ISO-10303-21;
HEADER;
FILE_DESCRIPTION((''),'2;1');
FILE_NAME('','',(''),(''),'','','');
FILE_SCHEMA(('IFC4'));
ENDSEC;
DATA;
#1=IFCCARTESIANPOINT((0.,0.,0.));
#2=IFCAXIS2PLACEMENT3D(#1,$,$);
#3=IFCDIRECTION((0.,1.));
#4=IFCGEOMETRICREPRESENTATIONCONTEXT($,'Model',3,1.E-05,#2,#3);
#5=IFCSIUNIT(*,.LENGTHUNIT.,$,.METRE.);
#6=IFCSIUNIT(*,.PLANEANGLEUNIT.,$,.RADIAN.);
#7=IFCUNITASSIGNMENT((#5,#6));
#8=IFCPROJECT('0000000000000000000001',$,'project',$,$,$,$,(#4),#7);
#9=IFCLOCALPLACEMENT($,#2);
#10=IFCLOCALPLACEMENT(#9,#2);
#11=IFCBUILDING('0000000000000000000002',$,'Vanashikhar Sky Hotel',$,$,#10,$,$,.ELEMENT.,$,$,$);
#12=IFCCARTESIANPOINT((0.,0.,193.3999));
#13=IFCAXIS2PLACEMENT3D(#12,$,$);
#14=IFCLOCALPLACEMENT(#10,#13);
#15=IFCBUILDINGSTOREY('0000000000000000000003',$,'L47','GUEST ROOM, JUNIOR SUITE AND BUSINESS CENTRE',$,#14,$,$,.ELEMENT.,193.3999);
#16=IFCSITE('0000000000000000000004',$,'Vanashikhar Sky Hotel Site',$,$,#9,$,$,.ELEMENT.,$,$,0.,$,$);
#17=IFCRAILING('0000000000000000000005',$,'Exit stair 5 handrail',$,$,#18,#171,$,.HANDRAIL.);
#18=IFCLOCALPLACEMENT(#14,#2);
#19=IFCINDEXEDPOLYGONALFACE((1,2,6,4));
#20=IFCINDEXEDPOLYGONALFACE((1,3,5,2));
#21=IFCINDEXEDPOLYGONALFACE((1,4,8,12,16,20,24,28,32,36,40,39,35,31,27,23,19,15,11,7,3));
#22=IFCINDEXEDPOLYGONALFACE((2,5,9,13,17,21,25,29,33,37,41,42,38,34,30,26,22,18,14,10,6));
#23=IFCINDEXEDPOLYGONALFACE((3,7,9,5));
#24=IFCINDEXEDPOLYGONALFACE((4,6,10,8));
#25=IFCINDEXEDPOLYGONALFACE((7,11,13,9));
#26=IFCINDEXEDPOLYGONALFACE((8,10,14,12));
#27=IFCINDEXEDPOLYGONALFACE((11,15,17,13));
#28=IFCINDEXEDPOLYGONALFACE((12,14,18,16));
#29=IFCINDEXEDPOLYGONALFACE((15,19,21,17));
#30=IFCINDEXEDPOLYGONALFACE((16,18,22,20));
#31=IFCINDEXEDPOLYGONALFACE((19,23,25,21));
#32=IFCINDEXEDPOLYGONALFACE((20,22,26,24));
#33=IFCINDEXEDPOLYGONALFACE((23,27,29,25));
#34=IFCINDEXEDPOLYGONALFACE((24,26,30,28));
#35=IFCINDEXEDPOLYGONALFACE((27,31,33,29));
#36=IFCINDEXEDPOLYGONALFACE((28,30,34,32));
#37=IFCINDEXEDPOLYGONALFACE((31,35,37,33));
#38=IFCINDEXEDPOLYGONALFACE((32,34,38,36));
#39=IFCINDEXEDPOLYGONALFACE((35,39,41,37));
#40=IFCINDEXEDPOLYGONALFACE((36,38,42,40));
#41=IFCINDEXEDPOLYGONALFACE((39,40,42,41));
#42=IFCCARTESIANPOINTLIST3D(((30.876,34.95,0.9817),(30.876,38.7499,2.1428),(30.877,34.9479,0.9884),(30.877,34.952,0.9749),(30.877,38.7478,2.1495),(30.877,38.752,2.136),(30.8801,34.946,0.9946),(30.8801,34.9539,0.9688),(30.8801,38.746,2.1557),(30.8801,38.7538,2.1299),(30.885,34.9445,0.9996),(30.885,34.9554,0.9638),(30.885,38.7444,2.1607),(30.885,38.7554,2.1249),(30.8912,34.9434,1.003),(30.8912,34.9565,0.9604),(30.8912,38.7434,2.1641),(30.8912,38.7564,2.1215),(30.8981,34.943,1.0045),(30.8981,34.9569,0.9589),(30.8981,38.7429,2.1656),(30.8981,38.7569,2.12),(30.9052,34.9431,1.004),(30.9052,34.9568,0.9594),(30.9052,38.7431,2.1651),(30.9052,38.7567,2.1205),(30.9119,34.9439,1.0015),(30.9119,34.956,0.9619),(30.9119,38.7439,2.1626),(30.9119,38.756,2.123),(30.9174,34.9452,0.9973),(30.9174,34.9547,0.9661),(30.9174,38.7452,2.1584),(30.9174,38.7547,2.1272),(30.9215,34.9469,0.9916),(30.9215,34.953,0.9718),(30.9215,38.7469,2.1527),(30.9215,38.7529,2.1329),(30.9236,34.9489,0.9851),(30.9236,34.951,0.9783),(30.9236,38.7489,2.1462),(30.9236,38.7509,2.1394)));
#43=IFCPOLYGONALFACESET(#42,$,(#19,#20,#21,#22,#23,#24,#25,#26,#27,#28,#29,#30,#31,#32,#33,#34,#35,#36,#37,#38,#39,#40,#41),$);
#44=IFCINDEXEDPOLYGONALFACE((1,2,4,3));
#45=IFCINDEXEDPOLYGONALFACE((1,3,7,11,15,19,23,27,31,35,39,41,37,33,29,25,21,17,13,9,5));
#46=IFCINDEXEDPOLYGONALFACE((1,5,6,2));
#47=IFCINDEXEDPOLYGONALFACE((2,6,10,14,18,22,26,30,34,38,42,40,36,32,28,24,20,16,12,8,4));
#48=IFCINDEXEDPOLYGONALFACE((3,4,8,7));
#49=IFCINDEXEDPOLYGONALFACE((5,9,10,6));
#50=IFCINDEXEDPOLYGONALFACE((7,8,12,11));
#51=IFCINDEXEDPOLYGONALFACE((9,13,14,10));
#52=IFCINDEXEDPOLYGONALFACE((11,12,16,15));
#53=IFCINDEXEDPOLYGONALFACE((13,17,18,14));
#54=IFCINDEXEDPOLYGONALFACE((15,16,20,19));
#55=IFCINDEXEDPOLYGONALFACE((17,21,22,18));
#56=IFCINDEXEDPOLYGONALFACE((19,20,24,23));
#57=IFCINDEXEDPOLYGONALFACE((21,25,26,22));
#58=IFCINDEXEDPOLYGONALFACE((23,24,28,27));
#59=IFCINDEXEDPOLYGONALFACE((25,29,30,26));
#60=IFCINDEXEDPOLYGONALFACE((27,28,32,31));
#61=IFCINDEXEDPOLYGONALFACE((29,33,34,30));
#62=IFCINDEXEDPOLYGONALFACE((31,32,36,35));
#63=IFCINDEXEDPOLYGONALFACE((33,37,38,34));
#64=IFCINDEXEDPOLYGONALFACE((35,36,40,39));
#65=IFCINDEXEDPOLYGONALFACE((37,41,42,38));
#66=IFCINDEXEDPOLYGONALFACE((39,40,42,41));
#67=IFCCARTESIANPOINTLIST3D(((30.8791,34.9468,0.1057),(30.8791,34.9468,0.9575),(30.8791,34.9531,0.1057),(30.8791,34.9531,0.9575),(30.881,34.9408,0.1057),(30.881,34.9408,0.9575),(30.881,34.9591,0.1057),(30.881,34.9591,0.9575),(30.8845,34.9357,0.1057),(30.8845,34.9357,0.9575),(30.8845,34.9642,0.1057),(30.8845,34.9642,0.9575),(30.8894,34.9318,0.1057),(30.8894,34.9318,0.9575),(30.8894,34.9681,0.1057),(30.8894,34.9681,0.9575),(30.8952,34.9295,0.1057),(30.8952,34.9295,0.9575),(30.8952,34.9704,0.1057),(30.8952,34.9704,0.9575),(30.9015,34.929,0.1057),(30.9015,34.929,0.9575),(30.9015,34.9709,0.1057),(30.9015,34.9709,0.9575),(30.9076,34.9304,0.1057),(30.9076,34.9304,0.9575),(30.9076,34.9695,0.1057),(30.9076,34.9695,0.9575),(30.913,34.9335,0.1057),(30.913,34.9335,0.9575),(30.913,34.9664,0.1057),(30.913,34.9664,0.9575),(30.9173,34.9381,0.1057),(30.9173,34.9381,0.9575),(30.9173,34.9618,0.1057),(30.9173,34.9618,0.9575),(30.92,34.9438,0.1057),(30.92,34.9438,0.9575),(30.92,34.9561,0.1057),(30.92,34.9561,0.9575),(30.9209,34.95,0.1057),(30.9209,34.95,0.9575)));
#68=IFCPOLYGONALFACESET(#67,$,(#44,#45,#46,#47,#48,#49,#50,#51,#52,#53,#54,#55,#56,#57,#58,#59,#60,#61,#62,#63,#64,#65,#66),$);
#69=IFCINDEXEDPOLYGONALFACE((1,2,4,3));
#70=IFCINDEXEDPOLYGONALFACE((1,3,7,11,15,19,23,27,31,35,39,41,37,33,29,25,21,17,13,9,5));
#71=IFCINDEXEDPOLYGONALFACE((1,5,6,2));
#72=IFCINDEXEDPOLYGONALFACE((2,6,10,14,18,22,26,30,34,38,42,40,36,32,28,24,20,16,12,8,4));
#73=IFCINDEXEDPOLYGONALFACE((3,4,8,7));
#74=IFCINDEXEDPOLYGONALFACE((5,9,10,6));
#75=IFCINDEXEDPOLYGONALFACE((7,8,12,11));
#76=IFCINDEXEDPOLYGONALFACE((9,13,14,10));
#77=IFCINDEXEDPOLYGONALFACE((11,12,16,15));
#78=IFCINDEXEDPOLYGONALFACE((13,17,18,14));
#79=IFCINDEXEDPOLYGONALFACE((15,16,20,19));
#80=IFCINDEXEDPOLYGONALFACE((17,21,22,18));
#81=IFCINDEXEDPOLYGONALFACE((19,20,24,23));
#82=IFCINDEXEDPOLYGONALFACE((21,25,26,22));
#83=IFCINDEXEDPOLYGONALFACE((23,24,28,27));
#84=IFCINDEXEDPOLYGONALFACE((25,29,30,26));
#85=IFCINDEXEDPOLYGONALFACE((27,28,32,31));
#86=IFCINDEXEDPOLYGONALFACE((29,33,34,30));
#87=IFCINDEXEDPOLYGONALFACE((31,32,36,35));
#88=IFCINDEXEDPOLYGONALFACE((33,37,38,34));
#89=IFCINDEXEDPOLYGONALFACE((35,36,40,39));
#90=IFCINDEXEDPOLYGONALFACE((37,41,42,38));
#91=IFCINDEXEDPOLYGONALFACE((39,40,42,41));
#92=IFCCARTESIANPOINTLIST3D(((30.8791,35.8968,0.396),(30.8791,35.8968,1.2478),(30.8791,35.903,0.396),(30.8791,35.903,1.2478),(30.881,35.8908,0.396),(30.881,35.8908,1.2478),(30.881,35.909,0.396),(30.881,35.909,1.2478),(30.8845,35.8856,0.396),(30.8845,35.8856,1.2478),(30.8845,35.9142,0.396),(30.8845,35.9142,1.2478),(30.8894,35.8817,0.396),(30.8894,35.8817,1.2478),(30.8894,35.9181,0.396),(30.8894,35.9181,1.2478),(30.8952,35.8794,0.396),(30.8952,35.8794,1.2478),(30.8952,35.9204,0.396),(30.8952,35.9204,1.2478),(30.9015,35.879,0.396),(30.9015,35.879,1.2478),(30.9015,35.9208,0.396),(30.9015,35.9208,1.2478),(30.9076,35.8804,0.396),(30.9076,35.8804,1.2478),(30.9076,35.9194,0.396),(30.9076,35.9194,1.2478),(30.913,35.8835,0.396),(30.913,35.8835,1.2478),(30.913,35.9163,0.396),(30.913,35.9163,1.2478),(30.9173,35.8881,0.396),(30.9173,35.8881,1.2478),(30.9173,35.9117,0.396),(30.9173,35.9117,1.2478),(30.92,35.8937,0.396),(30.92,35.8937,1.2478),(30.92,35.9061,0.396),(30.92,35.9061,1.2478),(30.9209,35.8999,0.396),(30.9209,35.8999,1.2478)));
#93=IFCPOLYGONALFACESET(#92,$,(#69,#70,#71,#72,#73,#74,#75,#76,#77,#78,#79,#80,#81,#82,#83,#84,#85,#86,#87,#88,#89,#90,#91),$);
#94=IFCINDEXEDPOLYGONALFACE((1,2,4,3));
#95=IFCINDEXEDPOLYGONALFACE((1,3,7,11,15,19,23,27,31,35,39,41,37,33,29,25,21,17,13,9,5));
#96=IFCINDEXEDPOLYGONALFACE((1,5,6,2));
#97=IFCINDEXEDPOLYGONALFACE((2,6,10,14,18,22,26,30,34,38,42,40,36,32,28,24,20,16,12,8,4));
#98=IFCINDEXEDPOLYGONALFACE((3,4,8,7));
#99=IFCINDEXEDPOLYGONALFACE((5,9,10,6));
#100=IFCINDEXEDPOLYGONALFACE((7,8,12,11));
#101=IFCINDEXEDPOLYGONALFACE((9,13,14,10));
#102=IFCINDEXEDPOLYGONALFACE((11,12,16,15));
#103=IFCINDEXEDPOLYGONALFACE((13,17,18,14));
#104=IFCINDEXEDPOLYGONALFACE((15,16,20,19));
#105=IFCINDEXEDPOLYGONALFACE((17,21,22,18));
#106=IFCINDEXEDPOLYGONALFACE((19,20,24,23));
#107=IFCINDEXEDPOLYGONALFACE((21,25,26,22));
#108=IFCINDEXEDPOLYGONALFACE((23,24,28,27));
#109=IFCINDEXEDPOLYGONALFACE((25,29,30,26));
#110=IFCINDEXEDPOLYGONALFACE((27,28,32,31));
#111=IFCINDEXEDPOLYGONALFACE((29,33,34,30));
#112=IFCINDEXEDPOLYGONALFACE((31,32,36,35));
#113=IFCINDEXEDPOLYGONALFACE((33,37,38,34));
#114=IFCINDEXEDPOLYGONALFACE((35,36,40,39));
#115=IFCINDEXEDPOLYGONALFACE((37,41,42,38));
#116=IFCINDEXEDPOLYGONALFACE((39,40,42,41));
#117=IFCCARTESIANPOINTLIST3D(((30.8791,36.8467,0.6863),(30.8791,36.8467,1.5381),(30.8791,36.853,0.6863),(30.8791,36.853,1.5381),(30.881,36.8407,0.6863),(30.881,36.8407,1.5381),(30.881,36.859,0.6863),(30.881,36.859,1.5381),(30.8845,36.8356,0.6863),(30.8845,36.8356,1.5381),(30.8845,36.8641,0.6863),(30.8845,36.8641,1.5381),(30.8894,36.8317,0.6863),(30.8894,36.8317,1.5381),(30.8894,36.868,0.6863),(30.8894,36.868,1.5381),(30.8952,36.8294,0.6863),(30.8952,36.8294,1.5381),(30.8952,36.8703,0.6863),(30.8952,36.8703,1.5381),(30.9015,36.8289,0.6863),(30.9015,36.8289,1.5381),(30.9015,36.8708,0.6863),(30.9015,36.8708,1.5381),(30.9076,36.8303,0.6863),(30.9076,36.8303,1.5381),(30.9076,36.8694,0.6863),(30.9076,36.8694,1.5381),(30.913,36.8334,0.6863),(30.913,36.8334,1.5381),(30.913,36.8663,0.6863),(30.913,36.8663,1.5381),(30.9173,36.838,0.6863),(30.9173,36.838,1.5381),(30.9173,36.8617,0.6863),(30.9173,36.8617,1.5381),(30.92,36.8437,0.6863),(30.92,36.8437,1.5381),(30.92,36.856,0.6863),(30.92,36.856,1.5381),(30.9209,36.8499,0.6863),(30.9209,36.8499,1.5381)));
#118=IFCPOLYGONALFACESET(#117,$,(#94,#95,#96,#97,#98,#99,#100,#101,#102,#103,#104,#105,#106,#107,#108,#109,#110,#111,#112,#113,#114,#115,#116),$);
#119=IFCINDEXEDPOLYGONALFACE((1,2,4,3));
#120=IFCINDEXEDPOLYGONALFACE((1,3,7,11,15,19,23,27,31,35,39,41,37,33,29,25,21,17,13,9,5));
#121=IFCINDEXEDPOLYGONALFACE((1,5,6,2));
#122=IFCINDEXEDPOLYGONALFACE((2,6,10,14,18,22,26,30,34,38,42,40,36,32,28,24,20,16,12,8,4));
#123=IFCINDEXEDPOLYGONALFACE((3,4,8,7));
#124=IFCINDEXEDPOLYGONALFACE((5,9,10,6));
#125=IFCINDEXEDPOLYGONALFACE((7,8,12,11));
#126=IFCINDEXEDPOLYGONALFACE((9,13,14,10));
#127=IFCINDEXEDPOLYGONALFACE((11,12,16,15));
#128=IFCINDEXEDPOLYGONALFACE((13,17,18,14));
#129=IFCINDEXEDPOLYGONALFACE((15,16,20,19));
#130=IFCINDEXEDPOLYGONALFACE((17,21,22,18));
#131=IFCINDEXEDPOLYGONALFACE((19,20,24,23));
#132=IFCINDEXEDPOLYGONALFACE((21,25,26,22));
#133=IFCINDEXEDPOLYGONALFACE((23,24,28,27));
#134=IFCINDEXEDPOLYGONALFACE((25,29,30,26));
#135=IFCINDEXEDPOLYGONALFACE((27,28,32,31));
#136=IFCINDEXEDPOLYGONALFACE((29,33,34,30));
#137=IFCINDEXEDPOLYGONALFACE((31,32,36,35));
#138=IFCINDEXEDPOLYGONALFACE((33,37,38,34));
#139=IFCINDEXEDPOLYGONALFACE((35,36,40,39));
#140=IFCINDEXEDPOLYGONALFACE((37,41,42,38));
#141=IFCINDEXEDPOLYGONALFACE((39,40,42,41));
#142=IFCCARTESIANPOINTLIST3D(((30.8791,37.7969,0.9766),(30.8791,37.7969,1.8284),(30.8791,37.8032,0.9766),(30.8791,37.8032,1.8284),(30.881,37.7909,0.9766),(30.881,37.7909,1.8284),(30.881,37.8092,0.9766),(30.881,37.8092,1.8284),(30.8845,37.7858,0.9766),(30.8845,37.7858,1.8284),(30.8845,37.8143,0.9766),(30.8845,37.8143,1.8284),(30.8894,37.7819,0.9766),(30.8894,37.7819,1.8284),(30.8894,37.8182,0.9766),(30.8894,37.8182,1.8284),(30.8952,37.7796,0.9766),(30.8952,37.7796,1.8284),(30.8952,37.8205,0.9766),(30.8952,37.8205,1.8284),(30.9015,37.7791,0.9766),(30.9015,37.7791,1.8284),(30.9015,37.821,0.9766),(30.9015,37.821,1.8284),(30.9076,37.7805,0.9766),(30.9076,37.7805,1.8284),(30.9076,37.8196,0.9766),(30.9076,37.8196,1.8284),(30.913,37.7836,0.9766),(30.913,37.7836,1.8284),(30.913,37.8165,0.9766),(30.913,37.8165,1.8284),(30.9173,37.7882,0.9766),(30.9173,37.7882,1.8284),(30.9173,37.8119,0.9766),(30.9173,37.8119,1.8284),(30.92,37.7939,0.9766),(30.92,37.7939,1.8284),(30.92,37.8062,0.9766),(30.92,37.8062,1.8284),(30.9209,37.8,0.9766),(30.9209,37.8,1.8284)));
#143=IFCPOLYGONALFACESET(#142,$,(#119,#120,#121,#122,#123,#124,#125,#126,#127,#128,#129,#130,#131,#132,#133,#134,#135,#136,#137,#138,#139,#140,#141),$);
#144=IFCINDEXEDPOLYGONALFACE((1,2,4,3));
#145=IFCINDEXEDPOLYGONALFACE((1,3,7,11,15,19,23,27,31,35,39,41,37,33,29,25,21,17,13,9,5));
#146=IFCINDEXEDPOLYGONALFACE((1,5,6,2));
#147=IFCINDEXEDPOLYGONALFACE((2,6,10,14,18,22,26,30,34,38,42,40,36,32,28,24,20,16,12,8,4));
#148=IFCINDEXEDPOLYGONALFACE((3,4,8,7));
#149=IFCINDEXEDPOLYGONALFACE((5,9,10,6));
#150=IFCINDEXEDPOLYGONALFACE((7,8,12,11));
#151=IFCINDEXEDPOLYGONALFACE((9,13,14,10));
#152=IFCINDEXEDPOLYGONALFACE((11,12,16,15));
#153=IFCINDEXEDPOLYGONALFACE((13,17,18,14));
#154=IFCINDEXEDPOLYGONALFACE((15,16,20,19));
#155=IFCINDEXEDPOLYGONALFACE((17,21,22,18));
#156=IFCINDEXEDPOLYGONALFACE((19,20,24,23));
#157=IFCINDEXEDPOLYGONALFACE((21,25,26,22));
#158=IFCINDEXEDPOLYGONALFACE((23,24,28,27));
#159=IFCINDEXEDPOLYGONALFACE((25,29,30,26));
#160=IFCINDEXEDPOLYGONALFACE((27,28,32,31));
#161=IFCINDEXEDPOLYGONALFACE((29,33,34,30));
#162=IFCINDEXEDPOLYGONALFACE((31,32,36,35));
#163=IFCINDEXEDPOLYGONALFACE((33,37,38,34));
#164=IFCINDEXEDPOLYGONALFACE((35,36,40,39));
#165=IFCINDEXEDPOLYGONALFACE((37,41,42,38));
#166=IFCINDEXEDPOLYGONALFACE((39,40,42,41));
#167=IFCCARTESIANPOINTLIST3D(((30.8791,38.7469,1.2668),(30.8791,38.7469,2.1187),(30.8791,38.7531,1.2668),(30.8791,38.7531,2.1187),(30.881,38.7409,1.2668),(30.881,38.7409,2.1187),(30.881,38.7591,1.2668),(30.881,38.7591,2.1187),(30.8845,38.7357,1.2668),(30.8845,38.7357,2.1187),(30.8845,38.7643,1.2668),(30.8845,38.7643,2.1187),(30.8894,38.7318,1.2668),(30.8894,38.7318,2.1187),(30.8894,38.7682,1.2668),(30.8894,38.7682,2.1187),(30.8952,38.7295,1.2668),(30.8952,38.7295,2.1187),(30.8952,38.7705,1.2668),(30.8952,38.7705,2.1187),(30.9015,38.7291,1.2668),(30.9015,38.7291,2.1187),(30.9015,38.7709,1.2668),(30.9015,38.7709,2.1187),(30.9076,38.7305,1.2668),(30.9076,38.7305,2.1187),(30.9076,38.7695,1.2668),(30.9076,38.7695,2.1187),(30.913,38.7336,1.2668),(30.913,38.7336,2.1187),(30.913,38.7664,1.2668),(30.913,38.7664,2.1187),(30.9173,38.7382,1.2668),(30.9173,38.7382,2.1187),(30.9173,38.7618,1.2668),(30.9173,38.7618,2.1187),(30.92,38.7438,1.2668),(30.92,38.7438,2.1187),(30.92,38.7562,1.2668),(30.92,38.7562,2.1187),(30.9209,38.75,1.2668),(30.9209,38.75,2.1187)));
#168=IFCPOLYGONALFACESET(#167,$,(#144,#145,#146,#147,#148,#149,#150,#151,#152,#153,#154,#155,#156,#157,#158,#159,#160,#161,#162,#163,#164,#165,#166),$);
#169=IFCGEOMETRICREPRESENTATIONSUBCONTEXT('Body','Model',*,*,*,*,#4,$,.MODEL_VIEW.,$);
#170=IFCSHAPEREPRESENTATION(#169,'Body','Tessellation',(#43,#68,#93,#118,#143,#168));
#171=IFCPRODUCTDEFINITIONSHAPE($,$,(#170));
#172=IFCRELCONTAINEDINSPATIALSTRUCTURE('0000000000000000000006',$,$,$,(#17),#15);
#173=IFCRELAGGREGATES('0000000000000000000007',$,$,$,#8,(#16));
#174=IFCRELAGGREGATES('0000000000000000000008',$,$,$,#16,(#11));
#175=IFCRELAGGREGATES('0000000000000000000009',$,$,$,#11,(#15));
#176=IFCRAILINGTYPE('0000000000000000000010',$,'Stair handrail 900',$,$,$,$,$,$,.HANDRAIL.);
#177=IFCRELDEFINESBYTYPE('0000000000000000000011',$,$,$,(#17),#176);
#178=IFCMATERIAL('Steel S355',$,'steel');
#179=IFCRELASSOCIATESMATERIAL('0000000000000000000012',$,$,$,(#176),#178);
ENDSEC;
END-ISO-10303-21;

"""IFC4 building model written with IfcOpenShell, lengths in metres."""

from ifc_helpers import new_model, si_unit, direction, frame, origin, origin_2d, place, context, subcontext, project, spatial, circle, extrude, source, transform, mapped, material, type_object, element, save


model = new_model("IFC4")

# Units and contexts
model_context = context("Model", 3, precision=1e-05, world=origin(), true_north=direction((0.0, 1.0)))
body_context = subcontext(model_context, "Body", "Model", "MODEL_VIEW")
ifc_project = project(units=[si_unit("LENGTHUNIT", "METRE"), si_unit("PLANEANGLEUNIT", "RADIAN")], contexts=[model_context])

# Site, building, storey
site_placement = place(None, origin())
site = spatial("IfcSite", under=ifc_project, at=site_placement, Name="Vanashikhar Sky Hotel Site", CompositionType="ELEMENT", RefElevation=0.0)
building_placement = place(site_placement, origin())
building = spatial("IfcBuilding", under=site, at=building_placement, Name="Vanashikhar Sky Hotel", CompositionType="ELEMENT")
storey_placement = place(building_placement, frame((0.0, 0.0, 193.3999)))
storey = spatial("IfcBuildingStorey", under=building, at=storey_placement, Name="L47", Description="GUEST ROOM, JUNIOR SUITE AND BUSINESS CENTRE", CompositionType="ELEMENT", Elevation=193.3999)

# Railing
ifc_material_1 = material(Name="Steel S355", Category="steel")
railing_type = type_object("IfcRailingType", Name="Stair handrail 900", PredefinedType="HANDRAIL", material=ifc_material_1)
shared_shape_1 = source(origin(), body_context, "Body", "SweptSolid", [
    extrude(circle(Radius=0.0239, at=origin_2d()), frame((0.0, 0.0, 0.876), z_axis=(0.0, 0.956351, 0.29222), x_axis=(-1.0, 0.0, 0.0)), (0.0, 0.0, 1.0), 3.9734),
    extrude(circle(Radius=0.021, at=origin_2d()), origin(), (0.0, 0.0, 1.0), 0.8518),
    extrude(circle(Radius=0.021, at=origin_2d()), frame((0.0, 0.95, 0.2903)), (0.0, 0.0, 1.0), 0.8518),
    extrude(circle(Radius=0.021, at=origin_2d()), frame((0.0, 1.8999, 0.5806)), (0.0, 0.0, 1.0), 0.8518),
    extrude(circle(Radius=0.021, at=origin_2d()), frame((0.0, 2.8501, 0.8708)), (0.0, 0.0, 1.0), 0.8518),
    extrude(circle(Radius=0.021, at=origin_2d()), frame((0.0, 3.8, 1.1611)), (0.0, 0.0, 1.0), 0.8518),
])
for number, where, name in (
    (1, (30.8999, 34.95, 0.1057), "Exit stair 5 handrail"),
):
    element("IfcRailing", number, at=place(storey_placement, frame(where)), inside=storey, type_object=railing_type, Name=name, PredefinedType="HANDRAIL", context=body_context, shape_type="MappedRepresentation", body=[
        mapped(shared_shape_1, transform((0.0, 0.0, 0.0), scale=1.0)),
    ])

save(model, "model.ifc")
